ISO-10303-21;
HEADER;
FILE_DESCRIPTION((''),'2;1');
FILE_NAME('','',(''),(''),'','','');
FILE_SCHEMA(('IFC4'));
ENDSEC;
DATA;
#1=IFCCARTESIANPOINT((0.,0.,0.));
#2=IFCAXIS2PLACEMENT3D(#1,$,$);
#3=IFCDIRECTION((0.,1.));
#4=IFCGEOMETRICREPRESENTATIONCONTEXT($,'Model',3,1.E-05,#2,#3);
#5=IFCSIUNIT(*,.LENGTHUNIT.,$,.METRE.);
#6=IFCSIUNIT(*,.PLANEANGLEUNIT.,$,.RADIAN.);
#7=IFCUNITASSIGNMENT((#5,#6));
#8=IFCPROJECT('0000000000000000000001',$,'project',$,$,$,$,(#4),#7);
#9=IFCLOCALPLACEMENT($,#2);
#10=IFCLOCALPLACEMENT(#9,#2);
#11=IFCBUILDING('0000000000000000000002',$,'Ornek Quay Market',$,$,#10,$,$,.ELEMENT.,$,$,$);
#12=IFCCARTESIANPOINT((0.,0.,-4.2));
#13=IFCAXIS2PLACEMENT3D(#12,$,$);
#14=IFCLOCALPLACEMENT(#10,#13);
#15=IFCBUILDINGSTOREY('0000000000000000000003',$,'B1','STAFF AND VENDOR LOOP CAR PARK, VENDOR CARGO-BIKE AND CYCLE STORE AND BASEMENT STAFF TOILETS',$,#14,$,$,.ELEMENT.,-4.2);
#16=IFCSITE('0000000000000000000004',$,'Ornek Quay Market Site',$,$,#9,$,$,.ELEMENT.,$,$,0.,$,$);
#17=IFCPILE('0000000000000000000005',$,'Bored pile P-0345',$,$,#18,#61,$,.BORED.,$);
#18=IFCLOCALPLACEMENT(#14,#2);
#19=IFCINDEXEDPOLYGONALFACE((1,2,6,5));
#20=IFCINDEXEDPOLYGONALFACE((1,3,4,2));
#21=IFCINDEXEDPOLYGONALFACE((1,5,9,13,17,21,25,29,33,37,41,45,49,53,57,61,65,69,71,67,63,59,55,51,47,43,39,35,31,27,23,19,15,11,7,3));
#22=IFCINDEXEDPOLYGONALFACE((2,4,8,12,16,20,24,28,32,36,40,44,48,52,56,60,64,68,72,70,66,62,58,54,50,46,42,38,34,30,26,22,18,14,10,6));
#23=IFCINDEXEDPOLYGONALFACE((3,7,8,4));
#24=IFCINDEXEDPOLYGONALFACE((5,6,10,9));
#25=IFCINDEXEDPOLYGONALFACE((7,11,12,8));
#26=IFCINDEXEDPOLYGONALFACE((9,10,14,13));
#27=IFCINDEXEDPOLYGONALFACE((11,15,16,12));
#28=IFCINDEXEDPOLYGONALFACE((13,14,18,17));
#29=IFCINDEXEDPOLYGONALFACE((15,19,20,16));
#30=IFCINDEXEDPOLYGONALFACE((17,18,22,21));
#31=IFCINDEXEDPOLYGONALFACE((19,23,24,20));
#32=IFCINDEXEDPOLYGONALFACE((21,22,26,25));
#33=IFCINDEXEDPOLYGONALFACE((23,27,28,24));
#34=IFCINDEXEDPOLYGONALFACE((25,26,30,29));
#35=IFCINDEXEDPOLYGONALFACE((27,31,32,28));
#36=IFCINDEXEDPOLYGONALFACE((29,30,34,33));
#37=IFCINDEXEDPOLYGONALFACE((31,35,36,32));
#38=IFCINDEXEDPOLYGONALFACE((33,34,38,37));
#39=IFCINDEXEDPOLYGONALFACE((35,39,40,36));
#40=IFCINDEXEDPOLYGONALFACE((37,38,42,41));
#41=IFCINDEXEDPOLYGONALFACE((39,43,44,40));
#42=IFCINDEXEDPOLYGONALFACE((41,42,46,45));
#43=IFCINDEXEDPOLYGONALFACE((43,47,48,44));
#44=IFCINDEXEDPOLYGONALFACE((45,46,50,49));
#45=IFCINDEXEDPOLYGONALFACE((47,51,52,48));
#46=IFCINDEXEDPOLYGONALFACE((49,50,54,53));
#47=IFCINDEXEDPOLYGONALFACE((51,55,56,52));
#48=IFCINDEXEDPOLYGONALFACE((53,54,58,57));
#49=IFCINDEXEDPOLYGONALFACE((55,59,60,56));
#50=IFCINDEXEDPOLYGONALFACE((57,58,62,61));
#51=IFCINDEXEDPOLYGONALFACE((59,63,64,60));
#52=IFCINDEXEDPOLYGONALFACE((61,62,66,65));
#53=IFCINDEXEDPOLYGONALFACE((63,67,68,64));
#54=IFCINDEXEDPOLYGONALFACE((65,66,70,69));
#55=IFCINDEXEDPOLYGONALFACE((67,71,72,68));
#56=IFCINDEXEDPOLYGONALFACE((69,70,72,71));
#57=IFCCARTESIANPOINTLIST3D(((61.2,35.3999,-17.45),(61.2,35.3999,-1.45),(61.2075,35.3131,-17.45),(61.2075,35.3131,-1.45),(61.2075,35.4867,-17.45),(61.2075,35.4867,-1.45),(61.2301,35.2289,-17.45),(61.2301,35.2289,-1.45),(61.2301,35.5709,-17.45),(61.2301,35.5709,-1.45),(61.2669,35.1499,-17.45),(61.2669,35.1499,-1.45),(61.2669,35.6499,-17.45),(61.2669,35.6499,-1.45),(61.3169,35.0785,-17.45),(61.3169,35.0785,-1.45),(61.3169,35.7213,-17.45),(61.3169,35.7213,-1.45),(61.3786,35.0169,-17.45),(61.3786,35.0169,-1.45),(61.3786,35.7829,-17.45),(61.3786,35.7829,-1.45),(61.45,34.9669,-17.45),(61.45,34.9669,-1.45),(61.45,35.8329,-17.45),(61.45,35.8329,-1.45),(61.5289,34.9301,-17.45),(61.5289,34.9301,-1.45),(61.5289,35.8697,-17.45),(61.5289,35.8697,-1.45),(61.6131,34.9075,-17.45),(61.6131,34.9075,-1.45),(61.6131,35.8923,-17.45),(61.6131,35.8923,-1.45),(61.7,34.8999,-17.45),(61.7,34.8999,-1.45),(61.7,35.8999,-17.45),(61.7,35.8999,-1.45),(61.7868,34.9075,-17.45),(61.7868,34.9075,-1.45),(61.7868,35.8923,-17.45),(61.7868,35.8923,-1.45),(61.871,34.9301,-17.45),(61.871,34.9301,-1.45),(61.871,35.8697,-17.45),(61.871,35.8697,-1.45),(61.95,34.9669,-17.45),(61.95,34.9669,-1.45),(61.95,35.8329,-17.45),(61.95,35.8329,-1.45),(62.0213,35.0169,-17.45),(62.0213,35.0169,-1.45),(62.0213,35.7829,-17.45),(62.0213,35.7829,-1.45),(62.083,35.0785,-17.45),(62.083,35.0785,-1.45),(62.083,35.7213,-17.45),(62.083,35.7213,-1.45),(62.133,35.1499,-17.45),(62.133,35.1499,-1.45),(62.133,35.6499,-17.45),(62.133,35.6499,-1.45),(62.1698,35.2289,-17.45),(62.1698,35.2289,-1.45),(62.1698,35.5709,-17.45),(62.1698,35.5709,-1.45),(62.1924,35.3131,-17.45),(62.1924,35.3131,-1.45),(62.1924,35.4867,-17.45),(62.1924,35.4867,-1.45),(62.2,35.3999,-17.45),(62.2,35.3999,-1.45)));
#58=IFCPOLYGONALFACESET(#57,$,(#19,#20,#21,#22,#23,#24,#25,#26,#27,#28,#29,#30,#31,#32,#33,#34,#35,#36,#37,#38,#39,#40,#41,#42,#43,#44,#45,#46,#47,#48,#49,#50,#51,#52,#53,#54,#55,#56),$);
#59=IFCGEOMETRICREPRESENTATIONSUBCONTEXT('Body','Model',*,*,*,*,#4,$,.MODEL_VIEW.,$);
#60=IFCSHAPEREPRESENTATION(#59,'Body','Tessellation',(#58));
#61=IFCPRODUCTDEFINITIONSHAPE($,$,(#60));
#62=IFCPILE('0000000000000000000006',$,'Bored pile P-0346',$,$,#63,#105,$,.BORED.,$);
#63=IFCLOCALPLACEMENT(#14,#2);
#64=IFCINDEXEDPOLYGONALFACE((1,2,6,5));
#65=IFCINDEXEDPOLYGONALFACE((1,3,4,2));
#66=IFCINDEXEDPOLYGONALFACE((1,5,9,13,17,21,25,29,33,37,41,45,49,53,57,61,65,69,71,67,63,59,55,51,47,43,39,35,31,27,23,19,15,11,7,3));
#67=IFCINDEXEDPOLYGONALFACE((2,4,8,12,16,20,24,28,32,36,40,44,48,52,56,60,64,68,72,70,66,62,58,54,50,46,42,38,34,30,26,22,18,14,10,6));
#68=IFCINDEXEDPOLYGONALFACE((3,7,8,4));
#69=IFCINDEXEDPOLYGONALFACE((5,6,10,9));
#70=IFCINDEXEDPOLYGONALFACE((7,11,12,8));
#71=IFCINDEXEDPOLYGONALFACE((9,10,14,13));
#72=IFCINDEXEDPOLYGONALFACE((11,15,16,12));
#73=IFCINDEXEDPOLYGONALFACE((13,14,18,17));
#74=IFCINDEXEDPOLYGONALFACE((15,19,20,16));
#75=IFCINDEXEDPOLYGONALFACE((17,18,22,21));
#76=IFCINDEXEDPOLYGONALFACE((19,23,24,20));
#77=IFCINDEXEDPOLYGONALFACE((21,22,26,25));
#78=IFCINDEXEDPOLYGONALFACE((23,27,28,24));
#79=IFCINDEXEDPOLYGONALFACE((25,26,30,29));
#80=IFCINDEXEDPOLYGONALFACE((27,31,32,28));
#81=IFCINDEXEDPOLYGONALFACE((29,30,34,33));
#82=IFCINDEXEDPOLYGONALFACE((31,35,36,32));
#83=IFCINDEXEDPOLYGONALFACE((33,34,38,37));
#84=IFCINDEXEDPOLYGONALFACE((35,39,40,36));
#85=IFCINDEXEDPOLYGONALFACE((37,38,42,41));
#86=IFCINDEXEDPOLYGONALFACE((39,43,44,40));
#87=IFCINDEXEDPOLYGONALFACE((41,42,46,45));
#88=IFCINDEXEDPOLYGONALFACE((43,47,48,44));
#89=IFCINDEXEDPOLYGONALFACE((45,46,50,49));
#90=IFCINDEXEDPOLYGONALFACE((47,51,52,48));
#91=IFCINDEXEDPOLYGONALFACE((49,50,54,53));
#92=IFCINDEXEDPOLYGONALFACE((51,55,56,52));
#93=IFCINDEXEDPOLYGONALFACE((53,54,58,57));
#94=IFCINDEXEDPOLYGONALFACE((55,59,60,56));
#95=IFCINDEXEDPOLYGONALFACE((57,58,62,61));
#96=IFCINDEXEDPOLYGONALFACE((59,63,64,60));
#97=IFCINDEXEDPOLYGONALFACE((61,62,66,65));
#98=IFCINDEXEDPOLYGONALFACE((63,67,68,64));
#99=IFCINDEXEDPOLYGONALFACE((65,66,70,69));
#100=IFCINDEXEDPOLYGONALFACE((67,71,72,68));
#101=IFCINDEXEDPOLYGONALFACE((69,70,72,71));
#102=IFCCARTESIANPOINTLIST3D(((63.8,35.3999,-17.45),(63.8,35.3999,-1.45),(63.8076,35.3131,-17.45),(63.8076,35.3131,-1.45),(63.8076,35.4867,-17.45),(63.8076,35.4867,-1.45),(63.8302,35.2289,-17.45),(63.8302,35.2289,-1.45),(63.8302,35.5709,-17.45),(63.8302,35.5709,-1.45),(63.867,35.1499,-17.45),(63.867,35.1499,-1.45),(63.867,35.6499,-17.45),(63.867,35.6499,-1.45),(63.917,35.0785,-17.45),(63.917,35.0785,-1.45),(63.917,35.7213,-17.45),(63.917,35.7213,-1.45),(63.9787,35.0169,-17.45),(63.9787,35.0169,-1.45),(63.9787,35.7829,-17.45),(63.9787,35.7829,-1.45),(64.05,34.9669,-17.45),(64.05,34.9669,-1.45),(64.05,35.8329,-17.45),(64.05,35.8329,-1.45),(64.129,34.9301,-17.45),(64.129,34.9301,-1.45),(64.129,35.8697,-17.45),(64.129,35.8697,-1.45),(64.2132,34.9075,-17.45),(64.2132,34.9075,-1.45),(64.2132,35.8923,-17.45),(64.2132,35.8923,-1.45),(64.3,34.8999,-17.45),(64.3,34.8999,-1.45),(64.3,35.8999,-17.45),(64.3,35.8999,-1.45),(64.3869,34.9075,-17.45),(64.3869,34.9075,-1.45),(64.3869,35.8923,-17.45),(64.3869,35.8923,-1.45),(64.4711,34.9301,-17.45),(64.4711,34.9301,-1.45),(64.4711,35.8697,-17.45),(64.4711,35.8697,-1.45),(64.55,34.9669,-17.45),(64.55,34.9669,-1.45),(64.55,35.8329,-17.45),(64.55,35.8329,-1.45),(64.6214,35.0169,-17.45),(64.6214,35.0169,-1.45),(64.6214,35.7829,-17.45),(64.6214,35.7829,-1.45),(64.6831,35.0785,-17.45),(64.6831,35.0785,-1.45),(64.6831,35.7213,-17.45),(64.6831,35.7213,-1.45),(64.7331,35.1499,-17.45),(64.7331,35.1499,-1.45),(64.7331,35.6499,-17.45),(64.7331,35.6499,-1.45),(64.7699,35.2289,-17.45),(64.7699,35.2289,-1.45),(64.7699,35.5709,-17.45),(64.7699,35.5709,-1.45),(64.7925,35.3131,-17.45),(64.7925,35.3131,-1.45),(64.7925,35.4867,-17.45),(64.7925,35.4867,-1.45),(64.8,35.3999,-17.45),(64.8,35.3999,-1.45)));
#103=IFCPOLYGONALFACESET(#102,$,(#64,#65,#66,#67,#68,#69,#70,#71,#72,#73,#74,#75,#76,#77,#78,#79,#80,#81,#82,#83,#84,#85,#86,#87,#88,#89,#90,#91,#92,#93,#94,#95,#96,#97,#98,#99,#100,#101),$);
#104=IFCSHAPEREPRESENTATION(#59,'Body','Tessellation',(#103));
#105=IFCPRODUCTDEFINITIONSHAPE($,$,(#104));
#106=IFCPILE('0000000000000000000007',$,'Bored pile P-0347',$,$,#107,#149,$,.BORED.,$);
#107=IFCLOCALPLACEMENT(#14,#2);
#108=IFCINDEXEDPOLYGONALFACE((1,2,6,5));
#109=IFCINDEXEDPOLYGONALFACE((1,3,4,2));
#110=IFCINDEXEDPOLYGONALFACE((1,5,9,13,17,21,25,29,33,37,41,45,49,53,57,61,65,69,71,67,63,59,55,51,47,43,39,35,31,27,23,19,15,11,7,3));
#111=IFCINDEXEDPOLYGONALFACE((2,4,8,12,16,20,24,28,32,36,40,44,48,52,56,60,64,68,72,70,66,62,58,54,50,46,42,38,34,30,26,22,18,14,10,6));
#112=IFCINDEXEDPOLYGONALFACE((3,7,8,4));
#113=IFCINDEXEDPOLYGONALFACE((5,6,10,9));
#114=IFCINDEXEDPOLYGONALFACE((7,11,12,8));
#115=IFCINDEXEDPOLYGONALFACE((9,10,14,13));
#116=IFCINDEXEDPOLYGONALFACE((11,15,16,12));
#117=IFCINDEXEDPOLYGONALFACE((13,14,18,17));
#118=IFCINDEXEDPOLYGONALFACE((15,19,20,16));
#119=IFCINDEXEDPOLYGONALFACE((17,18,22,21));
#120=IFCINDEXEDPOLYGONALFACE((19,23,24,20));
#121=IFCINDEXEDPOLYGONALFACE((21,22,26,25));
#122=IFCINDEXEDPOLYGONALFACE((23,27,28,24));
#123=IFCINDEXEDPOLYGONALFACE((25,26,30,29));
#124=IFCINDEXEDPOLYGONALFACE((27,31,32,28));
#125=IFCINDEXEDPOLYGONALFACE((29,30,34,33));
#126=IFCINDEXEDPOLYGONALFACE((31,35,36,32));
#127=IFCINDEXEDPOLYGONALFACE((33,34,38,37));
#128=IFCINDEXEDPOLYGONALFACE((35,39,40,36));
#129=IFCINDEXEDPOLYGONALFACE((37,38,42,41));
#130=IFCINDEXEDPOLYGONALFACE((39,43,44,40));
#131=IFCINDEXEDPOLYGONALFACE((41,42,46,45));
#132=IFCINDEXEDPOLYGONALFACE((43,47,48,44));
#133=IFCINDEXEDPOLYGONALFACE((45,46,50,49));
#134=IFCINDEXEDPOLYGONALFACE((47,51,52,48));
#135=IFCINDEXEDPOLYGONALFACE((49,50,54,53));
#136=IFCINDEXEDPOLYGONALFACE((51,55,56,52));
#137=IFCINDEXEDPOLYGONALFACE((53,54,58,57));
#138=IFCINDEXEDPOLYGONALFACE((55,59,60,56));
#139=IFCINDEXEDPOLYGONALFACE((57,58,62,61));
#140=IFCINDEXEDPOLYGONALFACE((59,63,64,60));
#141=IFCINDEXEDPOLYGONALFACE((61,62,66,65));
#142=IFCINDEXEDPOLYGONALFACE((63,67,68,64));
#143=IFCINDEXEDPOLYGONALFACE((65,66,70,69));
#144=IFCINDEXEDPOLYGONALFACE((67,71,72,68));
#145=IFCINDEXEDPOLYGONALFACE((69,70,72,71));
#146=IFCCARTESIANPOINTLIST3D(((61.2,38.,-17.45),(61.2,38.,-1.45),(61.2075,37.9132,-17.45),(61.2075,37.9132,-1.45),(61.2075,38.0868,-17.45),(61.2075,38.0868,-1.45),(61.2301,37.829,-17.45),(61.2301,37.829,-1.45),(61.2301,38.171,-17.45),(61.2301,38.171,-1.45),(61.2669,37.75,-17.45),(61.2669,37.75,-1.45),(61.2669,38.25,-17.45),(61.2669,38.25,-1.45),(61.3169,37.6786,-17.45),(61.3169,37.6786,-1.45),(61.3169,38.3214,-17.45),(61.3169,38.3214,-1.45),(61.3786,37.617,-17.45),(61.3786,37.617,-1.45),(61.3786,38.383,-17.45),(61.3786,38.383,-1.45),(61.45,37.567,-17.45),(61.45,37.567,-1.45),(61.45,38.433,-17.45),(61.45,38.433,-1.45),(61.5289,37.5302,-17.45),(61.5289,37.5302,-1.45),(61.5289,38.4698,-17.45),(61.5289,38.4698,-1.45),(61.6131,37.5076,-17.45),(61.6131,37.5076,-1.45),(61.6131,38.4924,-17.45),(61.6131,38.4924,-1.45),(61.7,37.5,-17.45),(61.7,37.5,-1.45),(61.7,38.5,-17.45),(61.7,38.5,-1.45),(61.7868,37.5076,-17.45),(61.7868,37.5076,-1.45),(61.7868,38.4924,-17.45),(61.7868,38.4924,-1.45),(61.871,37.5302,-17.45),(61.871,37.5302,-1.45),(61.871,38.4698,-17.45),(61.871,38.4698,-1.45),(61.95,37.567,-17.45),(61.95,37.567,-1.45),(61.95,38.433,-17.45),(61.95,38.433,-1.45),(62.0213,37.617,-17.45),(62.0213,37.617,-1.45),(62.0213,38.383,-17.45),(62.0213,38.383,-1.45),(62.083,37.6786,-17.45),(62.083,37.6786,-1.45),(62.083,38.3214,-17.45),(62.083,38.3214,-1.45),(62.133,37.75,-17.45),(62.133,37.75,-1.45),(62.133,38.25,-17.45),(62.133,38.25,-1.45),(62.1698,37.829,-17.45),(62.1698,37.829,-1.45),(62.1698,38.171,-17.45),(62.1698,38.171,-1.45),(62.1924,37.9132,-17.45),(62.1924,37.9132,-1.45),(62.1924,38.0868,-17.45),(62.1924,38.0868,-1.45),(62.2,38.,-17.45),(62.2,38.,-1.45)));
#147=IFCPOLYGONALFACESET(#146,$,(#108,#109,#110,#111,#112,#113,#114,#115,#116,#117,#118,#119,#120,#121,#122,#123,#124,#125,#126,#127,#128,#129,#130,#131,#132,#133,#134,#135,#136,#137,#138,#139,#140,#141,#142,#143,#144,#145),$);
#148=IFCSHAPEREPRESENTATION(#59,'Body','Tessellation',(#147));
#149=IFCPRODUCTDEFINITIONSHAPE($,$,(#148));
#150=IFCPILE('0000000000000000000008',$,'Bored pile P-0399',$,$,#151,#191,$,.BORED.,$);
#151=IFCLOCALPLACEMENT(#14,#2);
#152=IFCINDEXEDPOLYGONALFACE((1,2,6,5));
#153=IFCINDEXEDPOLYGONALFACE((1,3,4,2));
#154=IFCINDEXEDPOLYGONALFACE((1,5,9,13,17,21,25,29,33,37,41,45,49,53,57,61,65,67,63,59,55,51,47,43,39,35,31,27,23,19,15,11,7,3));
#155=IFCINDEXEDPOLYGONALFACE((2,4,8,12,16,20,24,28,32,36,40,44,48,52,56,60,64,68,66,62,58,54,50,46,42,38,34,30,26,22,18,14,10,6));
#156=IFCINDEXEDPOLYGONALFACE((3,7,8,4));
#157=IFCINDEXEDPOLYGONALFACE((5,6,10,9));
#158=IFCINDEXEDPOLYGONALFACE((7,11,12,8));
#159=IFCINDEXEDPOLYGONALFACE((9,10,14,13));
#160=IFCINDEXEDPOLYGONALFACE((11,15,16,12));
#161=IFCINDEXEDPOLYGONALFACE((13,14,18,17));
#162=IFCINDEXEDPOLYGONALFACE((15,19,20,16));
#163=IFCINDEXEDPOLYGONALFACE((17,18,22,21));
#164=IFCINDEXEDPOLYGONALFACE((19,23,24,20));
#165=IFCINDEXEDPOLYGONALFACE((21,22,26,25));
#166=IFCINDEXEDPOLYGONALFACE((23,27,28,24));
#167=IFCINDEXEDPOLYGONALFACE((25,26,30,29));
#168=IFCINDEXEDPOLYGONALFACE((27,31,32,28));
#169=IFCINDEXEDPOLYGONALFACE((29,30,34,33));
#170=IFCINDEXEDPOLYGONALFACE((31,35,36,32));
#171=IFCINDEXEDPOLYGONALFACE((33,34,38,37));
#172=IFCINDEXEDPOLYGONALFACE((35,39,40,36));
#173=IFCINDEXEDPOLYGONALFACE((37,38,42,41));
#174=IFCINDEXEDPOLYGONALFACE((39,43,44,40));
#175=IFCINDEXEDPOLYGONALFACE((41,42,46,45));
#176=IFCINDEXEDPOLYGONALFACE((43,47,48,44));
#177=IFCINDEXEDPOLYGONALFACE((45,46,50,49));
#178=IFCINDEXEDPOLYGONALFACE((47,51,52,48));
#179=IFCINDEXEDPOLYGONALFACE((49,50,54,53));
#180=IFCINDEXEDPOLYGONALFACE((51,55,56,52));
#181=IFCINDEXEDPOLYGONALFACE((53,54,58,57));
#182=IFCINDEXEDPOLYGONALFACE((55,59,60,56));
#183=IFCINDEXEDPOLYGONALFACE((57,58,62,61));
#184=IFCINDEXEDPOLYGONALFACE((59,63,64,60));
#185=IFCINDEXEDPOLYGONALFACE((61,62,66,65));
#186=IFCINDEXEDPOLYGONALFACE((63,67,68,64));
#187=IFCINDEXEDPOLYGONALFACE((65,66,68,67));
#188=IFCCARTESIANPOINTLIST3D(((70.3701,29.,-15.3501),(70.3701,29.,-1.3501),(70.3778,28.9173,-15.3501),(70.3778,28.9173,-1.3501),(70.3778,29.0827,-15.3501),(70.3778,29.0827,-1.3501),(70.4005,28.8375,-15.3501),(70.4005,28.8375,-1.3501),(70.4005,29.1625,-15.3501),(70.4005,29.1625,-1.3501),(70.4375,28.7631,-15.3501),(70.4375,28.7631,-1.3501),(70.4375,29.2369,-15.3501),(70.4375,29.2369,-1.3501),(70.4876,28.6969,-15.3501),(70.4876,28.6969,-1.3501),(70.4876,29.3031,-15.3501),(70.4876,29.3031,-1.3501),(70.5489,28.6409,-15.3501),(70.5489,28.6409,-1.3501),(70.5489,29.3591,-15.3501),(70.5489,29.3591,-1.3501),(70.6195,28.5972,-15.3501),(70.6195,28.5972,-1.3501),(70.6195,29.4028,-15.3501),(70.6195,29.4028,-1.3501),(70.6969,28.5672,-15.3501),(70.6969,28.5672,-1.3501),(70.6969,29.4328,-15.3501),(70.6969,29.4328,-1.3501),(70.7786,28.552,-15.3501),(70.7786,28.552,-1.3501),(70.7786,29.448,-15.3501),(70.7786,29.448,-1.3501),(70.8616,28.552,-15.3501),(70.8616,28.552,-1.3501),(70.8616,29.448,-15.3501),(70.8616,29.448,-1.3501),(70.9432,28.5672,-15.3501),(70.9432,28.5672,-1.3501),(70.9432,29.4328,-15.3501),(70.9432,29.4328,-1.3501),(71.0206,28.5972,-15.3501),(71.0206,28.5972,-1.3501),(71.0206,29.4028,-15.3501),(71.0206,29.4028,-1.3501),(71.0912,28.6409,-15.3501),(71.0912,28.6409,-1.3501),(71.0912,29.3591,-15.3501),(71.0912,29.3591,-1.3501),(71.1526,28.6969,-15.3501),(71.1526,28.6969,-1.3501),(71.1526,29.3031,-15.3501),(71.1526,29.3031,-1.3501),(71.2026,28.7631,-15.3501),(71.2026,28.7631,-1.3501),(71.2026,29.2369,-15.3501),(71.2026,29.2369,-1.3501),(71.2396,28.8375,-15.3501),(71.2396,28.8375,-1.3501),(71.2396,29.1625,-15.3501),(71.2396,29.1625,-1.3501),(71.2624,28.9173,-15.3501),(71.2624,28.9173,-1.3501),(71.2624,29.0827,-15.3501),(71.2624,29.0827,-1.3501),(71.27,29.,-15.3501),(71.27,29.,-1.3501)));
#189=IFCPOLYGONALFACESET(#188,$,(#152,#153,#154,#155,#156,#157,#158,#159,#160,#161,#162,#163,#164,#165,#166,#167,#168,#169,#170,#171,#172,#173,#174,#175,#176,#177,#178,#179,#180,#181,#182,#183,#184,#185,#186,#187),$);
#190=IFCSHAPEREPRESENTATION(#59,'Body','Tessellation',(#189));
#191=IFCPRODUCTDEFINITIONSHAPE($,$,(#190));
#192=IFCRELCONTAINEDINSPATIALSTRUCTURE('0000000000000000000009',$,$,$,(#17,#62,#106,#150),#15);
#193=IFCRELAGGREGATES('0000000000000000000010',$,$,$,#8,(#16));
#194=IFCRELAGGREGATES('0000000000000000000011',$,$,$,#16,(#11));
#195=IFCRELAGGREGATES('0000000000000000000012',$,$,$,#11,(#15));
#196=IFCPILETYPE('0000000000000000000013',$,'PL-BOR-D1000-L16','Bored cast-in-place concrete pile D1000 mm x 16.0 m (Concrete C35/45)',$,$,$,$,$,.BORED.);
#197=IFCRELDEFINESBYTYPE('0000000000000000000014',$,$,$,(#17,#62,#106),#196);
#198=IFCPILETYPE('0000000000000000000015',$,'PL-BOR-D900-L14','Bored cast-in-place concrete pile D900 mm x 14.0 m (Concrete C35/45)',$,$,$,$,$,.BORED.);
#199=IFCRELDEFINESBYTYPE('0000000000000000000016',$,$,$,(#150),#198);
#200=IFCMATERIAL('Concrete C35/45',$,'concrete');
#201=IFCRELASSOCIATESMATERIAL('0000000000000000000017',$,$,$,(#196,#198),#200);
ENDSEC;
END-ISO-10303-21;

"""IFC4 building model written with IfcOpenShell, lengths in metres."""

from ifc_helpers import new_model, si_unit, direction, frame, origin, origin_2d, place, context, subcontext, project, spatial, circle, extrude, material, material_profile, profile_set, type_object, element, save


model = new_model("IFC4")

# Units and contexts
model_context = context("Model", 3, precision=1e-05, world=origin(), true_north=direction((0.0, 1.0)))
body_context = subcontext(model_context, "Body", "Model", "MODEL_VIEW")
ifc_project = project(units=[si_unit("LENGTHUNIT", "METRE"), si_unit("PLANEANGLEUNIT", "RADIAN")], contexts=[model_context])

# Site, building, storey
site_placement = place(None, origin())
site = spatial("IfcSite", under=ifc_project, at=site_placement, Name="Ornek Quay Market Site", CompositionType="ELEMENT", RefElevation=0.0)
building_placement = place(site_placement, origin())
building = spatial("IfcBuilding", under=site, at=building_placement, Name="Ornek Quay Market", CompositionType="ELEMENT")
storey_placement = place(building_placement, frame((0.0, 0.0, -4.2)))
storey = spatial("IfcBuildingStorey", under=building, at=storey_placement, Name="B1", Description="STAFF AND VENDOR LOOP CAR PARK, VENDOR CARGO-BIKE AND CYCLE STORE AND BASEMENT STAFF TOILETS", CompositionType="ELEMENT", Elevation=-4.2)

# Piles
ifc_material_1 = material(Name="Concrete C35/45", Category="concrete")
ifc_material_profile_1 = material_profile(ifc_material_1, circle(Radius=0.5, at=origin_2d()), Name="PILE D1000", Category="concrete")
ifc_profile_set_1 = profile_set([ifc_material_profile_1], Name="Concrete C35/45")
pile_type_1 = type_object("IfcPileType", Name="PL-BOR-D1000-L16", Description="Bored cast-in-place concrete pile D1000 mm x 16.0 m (Concrete C35/45)", PredefinedType="BORED", material=ifc_profile_set_1)
for number, where, z_axis, x_axis, name in (
    (1, (61.7, 35.3999, -1.45), (0.0, 0.0, -1.0), (1.0, 0.0, 0.0), "Bored pile P-0345"),
    (2, (64.3, 35.3999, -1.45), (0.0, 0.0, -1.0), (1.0, 0.0, 0.0), "Bored pile P-0346"),
    (3, (61.7, 38.0, -1.45), (0.0, 0.0, -1.0), (1.0, 0.0, 0.0), "Bored pile P-0347"),
):
    element("IfcPile", number, at=place(storey_placement, frame(where, z_axis=z_axis, x_axis=x_axis)), inside=storey, type_object=pile_type_1, Name=name, PredefinedType="BORED", context=body_context, shape_type="SweptSolid", body=[
        extrude(circle(Radius=0.5, at=origin_2d()), origin(), (0.0, 0.0, 1.0), 16.0),
    ])
ifc_material_profile_2 = material_profile(ifc_material_1, circle(Radius=0.45, at=origin_2d()), Name="PILE D900", Category="concrete")
ifc_profile_set_2 = profile_set([ifc_material_profile_2], Name="Concrete C35/45")
pile_type_2 = type_object("IfcPileType", Name="PL-BOR-D900-L14", Description="Bored cast-in-place concrete pile D900 mm x 14.0 m (Concrete C35/45)", PredefinedType="BORED", material=ifc_profile_set_2)
for number, where, z_axis, x_axis, name in (
    (4, (70.8201, 29.0, -1.3501), (0.0, 0.0, -1.0), (1.0, 0.0, 0.0), "Bored pile P-0399"),
):
    element("IfcPile", number, at=place(storey_placement, frame(where, z_axis=z_axis, x_axis=x_axis)), inside=storey, type_object=pile_type_2, Name=name, PredefinedType="BORED", context=body_context, shape_type="SweptSolid", body=[
        extrude(circle(Radius=0.45, at=origin_2d()), origin(), (0.0, 0.0, 1.0), 14.0),
    ])

save(model, "model.ifc")
